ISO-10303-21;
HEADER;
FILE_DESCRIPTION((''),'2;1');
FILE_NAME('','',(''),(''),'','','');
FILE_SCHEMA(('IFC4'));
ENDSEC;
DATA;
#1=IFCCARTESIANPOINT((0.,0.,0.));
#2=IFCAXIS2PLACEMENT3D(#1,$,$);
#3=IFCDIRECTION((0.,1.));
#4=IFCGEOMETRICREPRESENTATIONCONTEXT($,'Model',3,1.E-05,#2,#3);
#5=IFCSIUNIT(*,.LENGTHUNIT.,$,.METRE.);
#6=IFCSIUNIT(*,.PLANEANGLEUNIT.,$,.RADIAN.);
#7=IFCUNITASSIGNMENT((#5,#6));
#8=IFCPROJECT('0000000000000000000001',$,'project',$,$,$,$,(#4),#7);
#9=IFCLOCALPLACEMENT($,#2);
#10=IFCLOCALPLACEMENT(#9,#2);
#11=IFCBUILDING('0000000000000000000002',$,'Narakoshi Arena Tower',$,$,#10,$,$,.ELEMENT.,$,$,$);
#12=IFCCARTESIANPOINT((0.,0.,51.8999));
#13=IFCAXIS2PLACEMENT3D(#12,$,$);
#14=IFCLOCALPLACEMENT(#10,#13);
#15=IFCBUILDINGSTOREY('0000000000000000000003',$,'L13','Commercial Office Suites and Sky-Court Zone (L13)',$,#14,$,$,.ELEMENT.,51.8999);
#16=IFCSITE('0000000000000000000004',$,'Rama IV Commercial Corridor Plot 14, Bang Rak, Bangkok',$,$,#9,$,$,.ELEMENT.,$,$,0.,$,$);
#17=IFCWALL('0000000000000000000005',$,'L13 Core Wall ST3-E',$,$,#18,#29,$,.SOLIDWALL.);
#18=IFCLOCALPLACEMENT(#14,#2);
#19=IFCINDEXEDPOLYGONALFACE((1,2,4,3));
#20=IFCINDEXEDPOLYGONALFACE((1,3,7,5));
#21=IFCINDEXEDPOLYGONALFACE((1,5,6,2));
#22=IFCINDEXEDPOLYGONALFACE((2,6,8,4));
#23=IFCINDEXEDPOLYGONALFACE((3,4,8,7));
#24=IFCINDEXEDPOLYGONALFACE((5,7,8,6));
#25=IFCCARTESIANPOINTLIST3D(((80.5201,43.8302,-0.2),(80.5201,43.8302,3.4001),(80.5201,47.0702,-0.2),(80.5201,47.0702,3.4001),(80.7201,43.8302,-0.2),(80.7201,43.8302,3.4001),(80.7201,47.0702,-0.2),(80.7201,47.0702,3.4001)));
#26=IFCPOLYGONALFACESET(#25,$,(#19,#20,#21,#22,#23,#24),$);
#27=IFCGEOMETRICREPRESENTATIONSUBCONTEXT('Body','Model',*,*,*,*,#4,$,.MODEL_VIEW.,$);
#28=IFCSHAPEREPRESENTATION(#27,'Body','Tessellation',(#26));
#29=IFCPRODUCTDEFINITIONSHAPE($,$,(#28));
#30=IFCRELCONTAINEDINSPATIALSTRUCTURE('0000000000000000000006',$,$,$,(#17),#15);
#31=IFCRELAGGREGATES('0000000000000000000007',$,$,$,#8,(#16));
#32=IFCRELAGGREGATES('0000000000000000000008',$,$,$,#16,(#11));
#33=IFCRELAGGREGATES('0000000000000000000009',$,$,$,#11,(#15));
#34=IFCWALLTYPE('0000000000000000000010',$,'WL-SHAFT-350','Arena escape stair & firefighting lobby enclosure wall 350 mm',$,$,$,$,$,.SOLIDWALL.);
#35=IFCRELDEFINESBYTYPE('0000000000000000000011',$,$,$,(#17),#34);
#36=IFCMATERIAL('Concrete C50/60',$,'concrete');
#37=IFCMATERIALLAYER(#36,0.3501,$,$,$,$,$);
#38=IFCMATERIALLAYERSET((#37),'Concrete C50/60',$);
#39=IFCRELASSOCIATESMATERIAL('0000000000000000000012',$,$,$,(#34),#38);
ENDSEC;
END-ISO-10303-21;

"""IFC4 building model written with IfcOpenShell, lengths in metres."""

from ifc_helpers import new_model, si_unit, direction, frame, frame_2d, origin, place, context, subcontext, project, spatial, rectangle, extrude, material, layer, layer_set, type_object, element, save


model = new_model("IFC4")

# Units and contexts
model_context = context("Model", 3, precision=1e-05, world=origin(), true_north=direction((0.0, 1.0)))
body_context = subcontext(model_context, "Body", "Model", "MODEL_VIEW")
ifc_project = project(units=[si_unit("LENGTHUNIT", "METRE"), si_unit("PLANEANGLEUNIT", "RADIAN")], contexts=[model_context])

# Site, building, storey
site_placement = place(None, origin())
site = spatial("IfcSite", under=ifc_project, at=site_placement, Name="Rama IV Commercial Corridor Plot 14, Bang Rak, Bangkok", CompositionType="ELEMENT", RefElevation=0.0)
building_placement = place(site_placement, origin())
building = spatial("IfcBuilding", under=site, at=building_placement, Name="Narakoshi Arena Tower", CompositionType="ELEMENT")
storey_placement = place(building_placement, frame((0.0, 0.0, 51.8999)))
storey = spatial("IfcBuildingStorey", under=building, at=storey_placement, Name="L13", Description="Commercial Office Suites and Sky-Court Zone (L13)", CompositionType="ELEMENT", Elevation=51.8999)

# Shared definitions
ifc_material_1 = material(Name="Concrete C50/60", Category="concrete")
ifc_layer_1 = layer(ifc_material_1, 0.3501)
ifc_layer_set_1 = layer_set([ifc_layer_1], Name="Concrete C50/60")
wall_type_1 = type_object("IfcWallType", Name="WL-SHAFT-350", Description="Arena escape stair & firefighting lobby enclosure wall 350 mm", PredefinedType="SOLIDWALL", material=ifc_layer_set_1)

# Wall
wall_1_placement = place(storey_placement, frame((80.6201, 43.8301, -0.2), z_axis=(0.0, 0.0, 1.0), x_axis=(0.0, 1.0, 0.0)))
element("IfcWall", 1, at=wall_1_placement, inside=storey, type_object=wall_type_1, Name="L13 Core Wall ST3-E", PredefinedType="SOLIDWALL", context=body_context, shape_type="SweptSolid", body=[
    extrude(rectangle(XDim=3.24, YDim=0.2, at=frame_2d((1.6201, 0.0))), origin(), (0.0, 0.0, 1.0), 3.6001),
])

save(model, "model.ifc")
